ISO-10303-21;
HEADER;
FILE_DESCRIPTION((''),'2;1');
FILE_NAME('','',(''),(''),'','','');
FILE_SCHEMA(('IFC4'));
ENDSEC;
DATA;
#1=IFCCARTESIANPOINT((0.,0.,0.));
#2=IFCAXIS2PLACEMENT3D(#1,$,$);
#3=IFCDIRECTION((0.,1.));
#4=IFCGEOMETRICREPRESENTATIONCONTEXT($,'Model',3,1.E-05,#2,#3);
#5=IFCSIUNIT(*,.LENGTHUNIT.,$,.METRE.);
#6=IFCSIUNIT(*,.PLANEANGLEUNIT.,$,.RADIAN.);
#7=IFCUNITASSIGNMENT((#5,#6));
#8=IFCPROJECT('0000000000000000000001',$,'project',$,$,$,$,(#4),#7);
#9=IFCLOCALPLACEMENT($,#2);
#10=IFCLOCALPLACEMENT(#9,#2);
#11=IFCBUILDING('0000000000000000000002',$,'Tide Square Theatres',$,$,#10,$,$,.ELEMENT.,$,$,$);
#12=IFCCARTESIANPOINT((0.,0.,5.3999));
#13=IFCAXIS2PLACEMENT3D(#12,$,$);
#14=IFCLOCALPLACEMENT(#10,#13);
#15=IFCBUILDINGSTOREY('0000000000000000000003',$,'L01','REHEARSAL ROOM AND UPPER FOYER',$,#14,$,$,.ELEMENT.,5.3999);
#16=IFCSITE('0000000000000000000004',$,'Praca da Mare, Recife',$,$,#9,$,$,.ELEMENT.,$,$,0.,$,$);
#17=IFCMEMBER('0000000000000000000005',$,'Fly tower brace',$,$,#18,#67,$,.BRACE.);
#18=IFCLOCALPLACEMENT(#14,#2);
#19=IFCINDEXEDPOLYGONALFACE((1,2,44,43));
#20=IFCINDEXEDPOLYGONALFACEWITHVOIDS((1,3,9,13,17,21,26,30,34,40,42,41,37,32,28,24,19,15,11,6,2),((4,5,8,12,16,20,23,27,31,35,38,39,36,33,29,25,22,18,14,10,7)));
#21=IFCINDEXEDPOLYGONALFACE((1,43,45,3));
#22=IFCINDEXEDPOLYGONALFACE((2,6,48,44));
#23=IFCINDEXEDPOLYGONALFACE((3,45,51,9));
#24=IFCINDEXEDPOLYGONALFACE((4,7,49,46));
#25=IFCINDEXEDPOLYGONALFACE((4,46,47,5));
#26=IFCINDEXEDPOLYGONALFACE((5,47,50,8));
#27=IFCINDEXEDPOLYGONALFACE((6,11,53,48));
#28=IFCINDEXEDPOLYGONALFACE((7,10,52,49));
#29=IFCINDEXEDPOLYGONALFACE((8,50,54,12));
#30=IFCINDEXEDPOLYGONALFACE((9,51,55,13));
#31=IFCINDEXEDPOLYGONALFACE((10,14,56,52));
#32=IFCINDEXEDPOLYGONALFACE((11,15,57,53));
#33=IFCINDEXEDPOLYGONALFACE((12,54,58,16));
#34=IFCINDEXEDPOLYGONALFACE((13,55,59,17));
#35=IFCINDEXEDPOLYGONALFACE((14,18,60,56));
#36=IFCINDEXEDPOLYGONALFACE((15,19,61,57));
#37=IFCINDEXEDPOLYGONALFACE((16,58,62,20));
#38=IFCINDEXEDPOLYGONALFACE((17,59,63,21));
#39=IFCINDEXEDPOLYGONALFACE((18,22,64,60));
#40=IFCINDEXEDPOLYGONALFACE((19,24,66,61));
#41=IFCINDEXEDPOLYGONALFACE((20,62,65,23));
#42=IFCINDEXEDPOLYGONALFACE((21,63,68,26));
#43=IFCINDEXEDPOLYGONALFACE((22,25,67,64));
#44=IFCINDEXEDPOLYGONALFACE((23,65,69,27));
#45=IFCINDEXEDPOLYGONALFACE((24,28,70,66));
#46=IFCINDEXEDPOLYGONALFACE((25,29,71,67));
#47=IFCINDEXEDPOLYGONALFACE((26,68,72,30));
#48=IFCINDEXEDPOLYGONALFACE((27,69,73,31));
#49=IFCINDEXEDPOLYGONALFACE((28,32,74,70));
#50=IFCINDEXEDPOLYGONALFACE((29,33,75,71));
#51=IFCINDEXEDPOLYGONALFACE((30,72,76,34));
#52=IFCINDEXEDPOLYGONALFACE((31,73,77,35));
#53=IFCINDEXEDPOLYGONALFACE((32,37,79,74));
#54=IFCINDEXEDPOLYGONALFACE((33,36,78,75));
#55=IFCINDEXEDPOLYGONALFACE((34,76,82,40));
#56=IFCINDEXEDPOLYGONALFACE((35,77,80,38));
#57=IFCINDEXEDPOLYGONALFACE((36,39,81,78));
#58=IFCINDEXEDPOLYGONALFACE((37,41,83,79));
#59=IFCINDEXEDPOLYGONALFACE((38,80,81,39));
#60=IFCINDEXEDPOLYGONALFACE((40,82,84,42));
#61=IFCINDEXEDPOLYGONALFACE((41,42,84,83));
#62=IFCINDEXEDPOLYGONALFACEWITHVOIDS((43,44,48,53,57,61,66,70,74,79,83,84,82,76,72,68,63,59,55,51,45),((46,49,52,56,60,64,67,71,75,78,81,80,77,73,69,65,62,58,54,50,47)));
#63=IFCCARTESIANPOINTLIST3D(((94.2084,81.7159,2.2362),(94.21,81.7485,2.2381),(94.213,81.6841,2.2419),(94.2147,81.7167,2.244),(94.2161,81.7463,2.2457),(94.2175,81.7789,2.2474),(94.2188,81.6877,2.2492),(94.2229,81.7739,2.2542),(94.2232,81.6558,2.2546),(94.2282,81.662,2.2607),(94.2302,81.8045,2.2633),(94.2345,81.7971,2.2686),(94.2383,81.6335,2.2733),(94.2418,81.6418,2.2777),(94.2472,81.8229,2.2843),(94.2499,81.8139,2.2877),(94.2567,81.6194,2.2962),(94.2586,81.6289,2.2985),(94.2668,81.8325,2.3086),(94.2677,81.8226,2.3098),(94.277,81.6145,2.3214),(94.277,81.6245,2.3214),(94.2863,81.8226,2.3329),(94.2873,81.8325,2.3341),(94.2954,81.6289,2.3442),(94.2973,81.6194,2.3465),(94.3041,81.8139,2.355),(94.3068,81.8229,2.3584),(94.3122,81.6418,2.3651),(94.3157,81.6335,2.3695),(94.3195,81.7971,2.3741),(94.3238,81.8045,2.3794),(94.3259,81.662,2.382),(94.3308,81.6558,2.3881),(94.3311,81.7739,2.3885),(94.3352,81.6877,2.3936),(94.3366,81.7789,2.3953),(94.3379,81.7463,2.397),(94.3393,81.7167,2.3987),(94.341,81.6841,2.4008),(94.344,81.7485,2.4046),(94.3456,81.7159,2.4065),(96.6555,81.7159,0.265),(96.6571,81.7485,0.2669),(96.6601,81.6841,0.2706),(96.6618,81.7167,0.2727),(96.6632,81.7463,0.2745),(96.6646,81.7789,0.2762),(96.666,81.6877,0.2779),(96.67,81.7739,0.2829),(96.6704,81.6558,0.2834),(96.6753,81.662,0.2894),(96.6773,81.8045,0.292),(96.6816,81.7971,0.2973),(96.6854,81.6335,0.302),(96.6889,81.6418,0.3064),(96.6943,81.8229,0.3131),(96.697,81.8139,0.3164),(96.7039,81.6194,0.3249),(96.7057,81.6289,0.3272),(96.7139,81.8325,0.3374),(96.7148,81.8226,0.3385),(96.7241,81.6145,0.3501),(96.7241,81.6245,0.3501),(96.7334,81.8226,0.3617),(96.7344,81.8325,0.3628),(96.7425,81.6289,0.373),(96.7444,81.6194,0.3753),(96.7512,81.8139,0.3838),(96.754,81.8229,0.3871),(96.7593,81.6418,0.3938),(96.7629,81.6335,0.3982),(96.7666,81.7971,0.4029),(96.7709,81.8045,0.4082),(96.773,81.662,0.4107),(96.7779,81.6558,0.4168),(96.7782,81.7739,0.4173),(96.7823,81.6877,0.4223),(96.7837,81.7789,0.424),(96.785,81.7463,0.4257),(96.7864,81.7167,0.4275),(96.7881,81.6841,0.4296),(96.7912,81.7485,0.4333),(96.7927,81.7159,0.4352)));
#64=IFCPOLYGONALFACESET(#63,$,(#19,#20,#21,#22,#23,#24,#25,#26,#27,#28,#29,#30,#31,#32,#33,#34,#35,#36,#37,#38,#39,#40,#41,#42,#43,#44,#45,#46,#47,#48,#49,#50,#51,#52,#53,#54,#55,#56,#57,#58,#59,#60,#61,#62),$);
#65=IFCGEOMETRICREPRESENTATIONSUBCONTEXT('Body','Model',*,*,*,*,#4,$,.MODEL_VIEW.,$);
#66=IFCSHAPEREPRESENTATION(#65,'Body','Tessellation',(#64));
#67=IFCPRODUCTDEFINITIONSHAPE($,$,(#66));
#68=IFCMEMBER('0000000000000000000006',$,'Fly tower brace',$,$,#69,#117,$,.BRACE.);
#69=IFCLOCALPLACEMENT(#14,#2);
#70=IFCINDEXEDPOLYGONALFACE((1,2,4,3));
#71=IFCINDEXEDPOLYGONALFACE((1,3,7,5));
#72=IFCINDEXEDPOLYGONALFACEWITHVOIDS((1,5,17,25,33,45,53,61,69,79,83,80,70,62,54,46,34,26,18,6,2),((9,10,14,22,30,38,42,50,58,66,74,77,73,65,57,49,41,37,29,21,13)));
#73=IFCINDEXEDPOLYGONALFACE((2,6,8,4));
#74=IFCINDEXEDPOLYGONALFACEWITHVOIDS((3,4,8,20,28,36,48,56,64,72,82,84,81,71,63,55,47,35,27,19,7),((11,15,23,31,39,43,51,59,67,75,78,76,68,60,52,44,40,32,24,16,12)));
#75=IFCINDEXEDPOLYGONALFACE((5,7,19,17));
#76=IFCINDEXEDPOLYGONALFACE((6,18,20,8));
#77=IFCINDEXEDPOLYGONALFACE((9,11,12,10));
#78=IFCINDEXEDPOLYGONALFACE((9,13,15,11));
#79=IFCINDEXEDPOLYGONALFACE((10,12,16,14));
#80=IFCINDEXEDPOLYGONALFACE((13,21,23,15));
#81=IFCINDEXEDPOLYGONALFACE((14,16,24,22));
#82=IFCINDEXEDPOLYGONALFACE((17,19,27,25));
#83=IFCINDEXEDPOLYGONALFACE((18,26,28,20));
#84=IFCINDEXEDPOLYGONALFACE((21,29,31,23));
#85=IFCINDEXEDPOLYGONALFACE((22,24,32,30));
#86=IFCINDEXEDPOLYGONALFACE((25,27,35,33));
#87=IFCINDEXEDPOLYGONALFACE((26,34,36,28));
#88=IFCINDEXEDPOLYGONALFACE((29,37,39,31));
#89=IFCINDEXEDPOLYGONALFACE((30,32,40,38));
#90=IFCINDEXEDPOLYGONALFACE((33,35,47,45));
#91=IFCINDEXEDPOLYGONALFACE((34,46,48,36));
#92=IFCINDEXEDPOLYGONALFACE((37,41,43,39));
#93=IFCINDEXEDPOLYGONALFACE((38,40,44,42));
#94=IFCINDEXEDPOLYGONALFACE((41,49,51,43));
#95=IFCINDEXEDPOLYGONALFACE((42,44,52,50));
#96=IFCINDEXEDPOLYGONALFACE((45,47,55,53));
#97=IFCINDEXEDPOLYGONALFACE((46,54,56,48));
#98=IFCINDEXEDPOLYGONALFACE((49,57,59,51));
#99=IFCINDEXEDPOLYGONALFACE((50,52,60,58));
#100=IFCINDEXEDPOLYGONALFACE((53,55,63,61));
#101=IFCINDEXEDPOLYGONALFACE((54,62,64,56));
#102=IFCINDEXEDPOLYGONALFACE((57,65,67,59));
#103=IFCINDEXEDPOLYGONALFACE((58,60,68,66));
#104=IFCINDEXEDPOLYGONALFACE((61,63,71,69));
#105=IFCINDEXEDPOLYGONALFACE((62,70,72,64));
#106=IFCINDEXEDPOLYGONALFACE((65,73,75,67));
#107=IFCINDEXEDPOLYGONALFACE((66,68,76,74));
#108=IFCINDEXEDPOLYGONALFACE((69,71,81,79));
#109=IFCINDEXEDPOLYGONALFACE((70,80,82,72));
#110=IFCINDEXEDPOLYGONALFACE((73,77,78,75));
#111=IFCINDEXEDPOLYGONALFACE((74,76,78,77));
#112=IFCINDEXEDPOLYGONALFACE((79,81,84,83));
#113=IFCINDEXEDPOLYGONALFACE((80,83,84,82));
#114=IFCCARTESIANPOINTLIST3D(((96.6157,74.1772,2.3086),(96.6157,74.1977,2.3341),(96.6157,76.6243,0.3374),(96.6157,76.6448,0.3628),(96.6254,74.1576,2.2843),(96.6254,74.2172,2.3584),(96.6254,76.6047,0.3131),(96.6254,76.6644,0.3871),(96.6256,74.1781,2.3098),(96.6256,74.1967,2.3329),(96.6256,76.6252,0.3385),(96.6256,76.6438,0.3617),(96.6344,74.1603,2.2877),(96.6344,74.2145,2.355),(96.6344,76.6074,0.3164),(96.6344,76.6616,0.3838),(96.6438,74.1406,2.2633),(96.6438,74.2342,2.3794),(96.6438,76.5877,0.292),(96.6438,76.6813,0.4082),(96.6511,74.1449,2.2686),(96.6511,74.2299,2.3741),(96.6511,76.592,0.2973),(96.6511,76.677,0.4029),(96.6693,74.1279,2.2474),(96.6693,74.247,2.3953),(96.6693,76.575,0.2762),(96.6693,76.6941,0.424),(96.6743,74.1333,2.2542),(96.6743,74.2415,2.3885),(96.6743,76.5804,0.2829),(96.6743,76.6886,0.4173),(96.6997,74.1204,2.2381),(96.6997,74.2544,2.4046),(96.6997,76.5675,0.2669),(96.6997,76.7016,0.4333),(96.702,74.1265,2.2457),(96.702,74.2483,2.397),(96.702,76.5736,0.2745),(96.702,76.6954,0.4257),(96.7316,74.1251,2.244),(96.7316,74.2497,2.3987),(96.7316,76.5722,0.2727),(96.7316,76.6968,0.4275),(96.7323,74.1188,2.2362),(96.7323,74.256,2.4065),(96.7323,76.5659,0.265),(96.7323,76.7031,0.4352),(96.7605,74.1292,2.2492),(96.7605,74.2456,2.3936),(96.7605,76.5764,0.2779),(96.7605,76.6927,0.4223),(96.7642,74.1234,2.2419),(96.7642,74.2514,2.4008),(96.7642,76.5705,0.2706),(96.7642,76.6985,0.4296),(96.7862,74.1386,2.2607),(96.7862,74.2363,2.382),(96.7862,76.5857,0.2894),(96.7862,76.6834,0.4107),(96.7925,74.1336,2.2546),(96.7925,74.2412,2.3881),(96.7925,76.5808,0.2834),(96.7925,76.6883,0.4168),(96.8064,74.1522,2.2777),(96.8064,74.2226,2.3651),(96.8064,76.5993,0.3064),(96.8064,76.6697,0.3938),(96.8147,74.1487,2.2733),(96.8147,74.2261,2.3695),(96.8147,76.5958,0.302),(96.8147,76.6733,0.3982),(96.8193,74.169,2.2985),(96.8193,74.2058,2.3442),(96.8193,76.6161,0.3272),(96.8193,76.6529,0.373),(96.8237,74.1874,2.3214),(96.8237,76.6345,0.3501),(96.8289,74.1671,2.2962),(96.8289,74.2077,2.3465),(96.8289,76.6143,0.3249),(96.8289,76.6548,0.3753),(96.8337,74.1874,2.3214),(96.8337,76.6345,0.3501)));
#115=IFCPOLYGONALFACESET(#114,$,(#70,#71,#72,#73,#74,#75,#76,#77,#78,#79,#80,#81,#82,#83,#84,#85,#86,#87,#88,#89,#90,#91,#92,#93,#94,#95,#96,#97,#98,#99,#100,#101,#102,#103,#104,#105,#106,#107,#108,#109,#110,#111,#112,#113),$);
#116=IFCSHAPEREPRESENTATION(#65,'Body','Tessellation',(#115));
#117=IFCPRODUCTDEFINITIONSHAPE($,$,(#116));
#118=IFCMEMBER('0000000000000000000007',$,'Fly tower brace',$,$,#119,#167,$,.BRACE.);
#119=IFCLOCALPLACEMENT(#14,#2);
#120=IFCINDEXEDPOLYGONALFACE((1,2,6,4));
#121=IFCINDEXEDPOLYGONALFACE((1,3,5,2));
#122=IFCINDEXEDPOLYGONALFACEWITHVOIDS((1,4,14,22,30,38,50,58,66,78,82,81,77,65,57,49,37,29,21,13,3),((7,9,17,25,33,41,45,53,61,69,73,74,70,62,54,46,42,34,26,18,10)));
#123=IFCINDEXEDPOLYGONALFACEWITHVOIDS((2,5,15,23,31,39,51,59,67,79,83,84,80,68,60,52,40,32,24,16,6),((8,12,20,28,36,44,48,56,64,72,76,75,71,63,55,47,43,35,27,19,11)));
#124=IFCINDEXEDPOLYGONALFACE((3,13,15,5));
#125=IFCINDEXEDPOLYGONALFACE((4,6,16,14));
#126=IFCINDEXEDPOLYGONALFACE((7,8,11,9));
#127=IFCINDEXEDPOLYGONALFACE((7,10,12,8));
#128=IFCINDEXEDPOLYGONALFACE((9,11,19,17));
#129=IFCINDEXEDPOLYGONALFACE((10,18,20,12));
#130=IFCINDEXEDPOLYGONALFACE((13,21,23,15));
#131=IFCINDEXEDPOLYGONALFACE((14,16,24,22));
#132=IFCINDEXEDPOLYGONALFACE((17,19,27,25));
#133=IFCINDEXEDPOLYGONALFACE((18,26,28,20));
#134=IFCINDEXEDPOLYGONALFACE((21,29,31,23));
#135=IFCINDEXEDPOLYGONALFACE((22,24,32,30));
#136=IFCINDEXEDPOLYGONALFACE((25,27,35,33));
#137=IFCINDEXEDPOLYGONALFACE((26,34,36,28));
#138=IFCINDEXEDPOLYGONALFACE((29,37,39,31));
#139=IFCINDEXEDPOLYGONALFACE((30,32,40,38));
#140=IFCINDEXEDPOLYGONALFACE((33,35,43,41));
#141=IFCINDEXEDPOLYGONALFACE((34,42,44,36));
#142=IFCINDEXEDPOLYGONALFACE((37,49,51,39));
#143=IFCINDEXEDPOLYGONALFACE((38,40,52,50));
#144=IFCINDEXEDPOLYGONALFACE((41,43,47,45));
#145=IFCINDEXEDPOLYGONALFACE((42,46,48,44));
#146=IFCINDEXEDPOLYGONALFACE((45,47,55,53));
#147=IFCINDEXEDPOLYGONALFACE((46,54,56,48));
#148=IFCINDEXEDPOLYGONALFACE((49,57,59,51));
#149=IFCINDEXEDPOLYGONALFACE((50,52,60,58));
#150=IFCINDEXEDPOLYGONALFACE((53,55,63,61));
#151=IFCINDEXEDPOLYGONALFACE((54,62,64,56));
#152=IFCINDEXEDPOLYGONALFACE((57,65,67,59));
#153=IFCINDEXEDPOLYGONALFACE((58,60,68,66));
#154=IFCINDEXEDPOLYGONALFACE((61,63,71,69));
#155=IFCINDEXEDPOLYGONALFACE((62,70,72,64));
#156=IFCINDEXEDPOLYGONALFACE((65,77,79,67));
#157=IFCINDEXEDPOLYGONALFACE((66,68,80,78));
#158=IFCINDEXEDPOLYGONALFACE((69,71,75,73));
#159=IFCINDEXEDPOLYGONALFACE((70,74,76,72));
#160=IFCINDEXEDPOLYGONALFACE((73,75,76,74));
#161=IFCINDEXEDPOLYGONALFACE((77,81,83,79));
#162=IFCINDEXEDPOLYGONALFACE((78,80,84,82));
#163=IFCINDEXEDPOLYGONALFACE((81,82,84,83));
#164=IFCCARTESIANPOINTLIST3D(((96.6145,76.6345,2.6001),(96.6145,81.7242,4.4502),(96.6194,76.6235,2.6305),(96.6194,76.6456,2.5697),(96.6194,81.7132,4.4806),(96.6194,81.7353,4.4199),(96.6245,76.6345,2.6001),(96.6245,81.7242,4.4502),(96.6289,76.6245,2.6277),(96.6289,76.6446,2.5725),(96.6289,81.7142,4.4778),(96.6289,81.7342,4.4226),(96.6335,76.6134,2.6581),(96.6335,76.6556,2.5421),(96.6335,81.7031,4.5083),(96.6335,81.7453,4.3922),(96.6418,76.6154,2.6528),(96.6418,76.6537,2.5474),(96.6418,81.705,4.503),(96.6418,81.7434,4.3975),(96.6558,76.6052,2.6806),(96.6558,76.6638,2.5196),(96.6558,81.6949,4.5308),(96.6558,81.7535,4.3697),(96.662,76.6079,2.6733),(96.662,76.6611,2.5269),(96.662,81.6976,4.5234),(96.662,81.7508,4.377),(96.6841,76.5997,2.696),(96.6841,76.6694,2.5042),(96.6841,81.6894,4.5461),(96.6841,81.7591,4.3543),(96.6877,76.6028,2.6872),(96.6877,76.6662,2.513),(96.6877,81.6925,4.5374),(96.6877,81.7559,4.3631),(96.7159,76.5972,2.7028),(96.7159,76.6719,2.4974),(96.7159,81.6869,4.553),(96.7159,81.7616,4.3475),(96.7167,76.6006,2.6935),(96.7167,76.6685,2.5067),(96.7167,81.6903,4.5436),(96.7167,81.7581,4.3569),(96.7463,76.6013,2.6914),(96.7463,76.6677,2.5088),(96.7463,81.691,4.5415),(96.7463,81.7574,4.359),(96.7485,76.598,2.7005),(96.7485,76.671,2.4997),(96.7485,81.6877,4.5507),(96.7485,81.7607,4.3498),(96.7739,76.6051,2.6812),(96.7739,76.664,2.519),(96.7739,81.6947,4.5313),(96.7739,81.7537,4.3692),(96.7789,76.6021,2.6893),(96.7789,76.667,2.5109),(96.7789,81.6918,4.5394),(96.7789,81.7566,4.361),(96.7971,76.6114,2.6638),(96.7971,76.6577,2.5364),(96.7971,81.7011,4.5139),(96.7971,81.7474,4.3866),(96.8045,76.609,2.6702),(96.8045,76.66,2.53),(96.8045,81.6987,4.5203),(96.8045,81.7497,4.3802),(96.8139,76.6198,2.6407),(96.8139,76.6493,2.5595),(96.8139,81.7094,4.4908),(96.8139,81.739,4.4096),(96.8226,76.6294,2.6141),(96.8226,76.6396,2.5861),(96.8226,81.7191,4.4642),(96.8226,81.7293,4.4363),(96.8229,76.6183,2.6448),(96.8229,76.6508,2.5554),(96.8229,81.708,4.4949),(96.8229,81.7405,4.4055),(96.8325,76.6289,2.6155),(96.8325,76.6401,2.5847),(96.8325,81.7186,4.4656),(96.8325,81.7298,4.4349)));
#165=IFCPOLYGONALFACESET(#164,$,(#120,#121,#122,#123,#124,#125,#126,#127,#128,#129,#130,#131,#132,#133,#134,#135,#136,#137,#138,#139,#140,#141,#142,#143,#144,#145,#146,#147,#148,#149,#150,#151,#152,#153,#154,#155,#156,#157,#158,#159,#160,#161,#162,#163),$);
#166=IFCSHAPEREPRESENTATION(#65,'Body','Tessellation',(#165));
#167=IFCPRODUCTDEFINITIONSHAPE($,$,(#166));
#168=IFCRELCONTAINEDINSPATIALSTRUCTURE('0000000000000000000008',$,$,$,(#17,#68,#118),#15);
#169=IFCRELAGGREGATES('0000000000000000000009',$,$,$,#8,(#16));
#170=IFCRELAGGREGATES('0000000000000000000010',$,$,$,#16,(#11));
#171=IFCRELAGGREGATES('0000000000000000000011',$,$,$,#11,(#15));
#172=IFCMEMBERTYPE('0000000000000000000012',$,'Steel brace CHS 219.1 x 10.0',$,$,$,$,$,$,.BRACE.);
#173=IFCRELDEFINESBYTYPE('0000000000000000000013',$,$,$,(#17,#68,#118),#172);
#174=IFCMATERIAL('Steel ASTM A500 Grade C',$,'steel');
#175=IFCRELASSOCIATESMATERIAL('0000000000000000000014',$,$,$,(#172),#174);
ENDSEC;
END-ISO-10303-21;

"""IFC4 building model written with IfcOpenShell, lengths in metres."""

from ifc_helpers import new_model, si_unit, direction, frame, origin, origin_2d, place, context, subcontext, project, spatial, hollow_circle, extrude, material, material_profile, profile_set, type_object, element, save


model = new_model("IFC4")

# Units and contexts
model_context = context("Model", 3, precision=1e-05, world=origin(), true_north=direction((0.0, 1.0)))
body_context = subcontext(model_context, "Body", "Model", "MODEL_VIEW")
ifc_project = project(units=[si_unit("LENGTHUNIT", "METRE"), si_unit("PLANEANGLEUNIT", "RADIAN")], contexts=[model_context])

# Site, building, storey
site_placement = place(None, origin())
site = spatial("IfcSite", under=ifc_project, at=site_placement, Name="Praca da Mare, Recife", CompositionType="ELEMENT", RefElevation=0.0)
building_placement = place(site_placement, origin())
building = spatial("IfcBuilding", under=site, at=building_placement, Name="Tide Square Theatres", CompositionType="ELEMENT")
storey_placement = place(building_placement, frame((0.0, 0.0, 5.3999)))
storey = spatial("IfcBuildingStorey", under=building, at=storey_placement, Name="L01", Description="REHEARSAL ROOM AND UPPER FOYER", CompositionType="ELEMENT", Elevation=5.3999)

# Members
ifc_material_1 = material(Name="Steel ASTM A500 Grade C", Category="steel")
ifc_material_profile_1 = material_profile(ifc_material_1, hollow_circle(Radius=0.1096, WallThickness=0.01, at=origin_2d()))
ifc_profile_set_1 = profile_set([ifc_material_profile_1], Name="Steel ASTM A500 Grade C")
member_type = type_object("IfcMemberType", Name="Steel brace CHS 219.1 x 10.0", PredefinedType="BRACE", material=ifc_profile_set_1)
for number, where, z_axis, x_axis, name in (
    (1, (96.7241, 81.7241, 0.3501), (-0.778757, 0.0, 0.627326), (0.0, -1.0, 0.0), "Fly tower brace"),
    (2, (96.7241, 76.6345, 0.3501), (0.0, -0.778757, 0.627326), (1.0, 0.0, 0.0), "Fly tower brace"),
):
    element("IfcMember", number, at=place(storey_placement, frame(where, z_axis=z_axis, x_axis=x_axis)), inside=storey, type_object=member_type, Name=name, PredefinedType="BRACE", context=body_context, shape_type="SweptSolid", body=[
        extrude(hollow_circle(Radius=0.1096, WallThickness=0.01, at=origin_2d()), origin(), (0.0, 0.0, 1.0), 3.1423),
    ])
member_1_placement = place(storey_placement, frame((96.7241, 76.6345, 2.6001), z_axis=(0.0, 0.939833, 0.341634), x_axis=(-1.0, 0.0, 0.0)))
element("IfcMember", 3, at=member_1_placement, inside=storey, type_object=member_type, Name="Fly tower brace", PredefinedType="BRACE", context=body_context, shape_type="SweptSolid", body=[
    extrude(hollow_circle(Radius=0.1096, WallThickness=0.01, at=origin_2d()), origin(), (0.0, 0.0, 1.0), 5.4155),
])

save(model, "model.ifc")
